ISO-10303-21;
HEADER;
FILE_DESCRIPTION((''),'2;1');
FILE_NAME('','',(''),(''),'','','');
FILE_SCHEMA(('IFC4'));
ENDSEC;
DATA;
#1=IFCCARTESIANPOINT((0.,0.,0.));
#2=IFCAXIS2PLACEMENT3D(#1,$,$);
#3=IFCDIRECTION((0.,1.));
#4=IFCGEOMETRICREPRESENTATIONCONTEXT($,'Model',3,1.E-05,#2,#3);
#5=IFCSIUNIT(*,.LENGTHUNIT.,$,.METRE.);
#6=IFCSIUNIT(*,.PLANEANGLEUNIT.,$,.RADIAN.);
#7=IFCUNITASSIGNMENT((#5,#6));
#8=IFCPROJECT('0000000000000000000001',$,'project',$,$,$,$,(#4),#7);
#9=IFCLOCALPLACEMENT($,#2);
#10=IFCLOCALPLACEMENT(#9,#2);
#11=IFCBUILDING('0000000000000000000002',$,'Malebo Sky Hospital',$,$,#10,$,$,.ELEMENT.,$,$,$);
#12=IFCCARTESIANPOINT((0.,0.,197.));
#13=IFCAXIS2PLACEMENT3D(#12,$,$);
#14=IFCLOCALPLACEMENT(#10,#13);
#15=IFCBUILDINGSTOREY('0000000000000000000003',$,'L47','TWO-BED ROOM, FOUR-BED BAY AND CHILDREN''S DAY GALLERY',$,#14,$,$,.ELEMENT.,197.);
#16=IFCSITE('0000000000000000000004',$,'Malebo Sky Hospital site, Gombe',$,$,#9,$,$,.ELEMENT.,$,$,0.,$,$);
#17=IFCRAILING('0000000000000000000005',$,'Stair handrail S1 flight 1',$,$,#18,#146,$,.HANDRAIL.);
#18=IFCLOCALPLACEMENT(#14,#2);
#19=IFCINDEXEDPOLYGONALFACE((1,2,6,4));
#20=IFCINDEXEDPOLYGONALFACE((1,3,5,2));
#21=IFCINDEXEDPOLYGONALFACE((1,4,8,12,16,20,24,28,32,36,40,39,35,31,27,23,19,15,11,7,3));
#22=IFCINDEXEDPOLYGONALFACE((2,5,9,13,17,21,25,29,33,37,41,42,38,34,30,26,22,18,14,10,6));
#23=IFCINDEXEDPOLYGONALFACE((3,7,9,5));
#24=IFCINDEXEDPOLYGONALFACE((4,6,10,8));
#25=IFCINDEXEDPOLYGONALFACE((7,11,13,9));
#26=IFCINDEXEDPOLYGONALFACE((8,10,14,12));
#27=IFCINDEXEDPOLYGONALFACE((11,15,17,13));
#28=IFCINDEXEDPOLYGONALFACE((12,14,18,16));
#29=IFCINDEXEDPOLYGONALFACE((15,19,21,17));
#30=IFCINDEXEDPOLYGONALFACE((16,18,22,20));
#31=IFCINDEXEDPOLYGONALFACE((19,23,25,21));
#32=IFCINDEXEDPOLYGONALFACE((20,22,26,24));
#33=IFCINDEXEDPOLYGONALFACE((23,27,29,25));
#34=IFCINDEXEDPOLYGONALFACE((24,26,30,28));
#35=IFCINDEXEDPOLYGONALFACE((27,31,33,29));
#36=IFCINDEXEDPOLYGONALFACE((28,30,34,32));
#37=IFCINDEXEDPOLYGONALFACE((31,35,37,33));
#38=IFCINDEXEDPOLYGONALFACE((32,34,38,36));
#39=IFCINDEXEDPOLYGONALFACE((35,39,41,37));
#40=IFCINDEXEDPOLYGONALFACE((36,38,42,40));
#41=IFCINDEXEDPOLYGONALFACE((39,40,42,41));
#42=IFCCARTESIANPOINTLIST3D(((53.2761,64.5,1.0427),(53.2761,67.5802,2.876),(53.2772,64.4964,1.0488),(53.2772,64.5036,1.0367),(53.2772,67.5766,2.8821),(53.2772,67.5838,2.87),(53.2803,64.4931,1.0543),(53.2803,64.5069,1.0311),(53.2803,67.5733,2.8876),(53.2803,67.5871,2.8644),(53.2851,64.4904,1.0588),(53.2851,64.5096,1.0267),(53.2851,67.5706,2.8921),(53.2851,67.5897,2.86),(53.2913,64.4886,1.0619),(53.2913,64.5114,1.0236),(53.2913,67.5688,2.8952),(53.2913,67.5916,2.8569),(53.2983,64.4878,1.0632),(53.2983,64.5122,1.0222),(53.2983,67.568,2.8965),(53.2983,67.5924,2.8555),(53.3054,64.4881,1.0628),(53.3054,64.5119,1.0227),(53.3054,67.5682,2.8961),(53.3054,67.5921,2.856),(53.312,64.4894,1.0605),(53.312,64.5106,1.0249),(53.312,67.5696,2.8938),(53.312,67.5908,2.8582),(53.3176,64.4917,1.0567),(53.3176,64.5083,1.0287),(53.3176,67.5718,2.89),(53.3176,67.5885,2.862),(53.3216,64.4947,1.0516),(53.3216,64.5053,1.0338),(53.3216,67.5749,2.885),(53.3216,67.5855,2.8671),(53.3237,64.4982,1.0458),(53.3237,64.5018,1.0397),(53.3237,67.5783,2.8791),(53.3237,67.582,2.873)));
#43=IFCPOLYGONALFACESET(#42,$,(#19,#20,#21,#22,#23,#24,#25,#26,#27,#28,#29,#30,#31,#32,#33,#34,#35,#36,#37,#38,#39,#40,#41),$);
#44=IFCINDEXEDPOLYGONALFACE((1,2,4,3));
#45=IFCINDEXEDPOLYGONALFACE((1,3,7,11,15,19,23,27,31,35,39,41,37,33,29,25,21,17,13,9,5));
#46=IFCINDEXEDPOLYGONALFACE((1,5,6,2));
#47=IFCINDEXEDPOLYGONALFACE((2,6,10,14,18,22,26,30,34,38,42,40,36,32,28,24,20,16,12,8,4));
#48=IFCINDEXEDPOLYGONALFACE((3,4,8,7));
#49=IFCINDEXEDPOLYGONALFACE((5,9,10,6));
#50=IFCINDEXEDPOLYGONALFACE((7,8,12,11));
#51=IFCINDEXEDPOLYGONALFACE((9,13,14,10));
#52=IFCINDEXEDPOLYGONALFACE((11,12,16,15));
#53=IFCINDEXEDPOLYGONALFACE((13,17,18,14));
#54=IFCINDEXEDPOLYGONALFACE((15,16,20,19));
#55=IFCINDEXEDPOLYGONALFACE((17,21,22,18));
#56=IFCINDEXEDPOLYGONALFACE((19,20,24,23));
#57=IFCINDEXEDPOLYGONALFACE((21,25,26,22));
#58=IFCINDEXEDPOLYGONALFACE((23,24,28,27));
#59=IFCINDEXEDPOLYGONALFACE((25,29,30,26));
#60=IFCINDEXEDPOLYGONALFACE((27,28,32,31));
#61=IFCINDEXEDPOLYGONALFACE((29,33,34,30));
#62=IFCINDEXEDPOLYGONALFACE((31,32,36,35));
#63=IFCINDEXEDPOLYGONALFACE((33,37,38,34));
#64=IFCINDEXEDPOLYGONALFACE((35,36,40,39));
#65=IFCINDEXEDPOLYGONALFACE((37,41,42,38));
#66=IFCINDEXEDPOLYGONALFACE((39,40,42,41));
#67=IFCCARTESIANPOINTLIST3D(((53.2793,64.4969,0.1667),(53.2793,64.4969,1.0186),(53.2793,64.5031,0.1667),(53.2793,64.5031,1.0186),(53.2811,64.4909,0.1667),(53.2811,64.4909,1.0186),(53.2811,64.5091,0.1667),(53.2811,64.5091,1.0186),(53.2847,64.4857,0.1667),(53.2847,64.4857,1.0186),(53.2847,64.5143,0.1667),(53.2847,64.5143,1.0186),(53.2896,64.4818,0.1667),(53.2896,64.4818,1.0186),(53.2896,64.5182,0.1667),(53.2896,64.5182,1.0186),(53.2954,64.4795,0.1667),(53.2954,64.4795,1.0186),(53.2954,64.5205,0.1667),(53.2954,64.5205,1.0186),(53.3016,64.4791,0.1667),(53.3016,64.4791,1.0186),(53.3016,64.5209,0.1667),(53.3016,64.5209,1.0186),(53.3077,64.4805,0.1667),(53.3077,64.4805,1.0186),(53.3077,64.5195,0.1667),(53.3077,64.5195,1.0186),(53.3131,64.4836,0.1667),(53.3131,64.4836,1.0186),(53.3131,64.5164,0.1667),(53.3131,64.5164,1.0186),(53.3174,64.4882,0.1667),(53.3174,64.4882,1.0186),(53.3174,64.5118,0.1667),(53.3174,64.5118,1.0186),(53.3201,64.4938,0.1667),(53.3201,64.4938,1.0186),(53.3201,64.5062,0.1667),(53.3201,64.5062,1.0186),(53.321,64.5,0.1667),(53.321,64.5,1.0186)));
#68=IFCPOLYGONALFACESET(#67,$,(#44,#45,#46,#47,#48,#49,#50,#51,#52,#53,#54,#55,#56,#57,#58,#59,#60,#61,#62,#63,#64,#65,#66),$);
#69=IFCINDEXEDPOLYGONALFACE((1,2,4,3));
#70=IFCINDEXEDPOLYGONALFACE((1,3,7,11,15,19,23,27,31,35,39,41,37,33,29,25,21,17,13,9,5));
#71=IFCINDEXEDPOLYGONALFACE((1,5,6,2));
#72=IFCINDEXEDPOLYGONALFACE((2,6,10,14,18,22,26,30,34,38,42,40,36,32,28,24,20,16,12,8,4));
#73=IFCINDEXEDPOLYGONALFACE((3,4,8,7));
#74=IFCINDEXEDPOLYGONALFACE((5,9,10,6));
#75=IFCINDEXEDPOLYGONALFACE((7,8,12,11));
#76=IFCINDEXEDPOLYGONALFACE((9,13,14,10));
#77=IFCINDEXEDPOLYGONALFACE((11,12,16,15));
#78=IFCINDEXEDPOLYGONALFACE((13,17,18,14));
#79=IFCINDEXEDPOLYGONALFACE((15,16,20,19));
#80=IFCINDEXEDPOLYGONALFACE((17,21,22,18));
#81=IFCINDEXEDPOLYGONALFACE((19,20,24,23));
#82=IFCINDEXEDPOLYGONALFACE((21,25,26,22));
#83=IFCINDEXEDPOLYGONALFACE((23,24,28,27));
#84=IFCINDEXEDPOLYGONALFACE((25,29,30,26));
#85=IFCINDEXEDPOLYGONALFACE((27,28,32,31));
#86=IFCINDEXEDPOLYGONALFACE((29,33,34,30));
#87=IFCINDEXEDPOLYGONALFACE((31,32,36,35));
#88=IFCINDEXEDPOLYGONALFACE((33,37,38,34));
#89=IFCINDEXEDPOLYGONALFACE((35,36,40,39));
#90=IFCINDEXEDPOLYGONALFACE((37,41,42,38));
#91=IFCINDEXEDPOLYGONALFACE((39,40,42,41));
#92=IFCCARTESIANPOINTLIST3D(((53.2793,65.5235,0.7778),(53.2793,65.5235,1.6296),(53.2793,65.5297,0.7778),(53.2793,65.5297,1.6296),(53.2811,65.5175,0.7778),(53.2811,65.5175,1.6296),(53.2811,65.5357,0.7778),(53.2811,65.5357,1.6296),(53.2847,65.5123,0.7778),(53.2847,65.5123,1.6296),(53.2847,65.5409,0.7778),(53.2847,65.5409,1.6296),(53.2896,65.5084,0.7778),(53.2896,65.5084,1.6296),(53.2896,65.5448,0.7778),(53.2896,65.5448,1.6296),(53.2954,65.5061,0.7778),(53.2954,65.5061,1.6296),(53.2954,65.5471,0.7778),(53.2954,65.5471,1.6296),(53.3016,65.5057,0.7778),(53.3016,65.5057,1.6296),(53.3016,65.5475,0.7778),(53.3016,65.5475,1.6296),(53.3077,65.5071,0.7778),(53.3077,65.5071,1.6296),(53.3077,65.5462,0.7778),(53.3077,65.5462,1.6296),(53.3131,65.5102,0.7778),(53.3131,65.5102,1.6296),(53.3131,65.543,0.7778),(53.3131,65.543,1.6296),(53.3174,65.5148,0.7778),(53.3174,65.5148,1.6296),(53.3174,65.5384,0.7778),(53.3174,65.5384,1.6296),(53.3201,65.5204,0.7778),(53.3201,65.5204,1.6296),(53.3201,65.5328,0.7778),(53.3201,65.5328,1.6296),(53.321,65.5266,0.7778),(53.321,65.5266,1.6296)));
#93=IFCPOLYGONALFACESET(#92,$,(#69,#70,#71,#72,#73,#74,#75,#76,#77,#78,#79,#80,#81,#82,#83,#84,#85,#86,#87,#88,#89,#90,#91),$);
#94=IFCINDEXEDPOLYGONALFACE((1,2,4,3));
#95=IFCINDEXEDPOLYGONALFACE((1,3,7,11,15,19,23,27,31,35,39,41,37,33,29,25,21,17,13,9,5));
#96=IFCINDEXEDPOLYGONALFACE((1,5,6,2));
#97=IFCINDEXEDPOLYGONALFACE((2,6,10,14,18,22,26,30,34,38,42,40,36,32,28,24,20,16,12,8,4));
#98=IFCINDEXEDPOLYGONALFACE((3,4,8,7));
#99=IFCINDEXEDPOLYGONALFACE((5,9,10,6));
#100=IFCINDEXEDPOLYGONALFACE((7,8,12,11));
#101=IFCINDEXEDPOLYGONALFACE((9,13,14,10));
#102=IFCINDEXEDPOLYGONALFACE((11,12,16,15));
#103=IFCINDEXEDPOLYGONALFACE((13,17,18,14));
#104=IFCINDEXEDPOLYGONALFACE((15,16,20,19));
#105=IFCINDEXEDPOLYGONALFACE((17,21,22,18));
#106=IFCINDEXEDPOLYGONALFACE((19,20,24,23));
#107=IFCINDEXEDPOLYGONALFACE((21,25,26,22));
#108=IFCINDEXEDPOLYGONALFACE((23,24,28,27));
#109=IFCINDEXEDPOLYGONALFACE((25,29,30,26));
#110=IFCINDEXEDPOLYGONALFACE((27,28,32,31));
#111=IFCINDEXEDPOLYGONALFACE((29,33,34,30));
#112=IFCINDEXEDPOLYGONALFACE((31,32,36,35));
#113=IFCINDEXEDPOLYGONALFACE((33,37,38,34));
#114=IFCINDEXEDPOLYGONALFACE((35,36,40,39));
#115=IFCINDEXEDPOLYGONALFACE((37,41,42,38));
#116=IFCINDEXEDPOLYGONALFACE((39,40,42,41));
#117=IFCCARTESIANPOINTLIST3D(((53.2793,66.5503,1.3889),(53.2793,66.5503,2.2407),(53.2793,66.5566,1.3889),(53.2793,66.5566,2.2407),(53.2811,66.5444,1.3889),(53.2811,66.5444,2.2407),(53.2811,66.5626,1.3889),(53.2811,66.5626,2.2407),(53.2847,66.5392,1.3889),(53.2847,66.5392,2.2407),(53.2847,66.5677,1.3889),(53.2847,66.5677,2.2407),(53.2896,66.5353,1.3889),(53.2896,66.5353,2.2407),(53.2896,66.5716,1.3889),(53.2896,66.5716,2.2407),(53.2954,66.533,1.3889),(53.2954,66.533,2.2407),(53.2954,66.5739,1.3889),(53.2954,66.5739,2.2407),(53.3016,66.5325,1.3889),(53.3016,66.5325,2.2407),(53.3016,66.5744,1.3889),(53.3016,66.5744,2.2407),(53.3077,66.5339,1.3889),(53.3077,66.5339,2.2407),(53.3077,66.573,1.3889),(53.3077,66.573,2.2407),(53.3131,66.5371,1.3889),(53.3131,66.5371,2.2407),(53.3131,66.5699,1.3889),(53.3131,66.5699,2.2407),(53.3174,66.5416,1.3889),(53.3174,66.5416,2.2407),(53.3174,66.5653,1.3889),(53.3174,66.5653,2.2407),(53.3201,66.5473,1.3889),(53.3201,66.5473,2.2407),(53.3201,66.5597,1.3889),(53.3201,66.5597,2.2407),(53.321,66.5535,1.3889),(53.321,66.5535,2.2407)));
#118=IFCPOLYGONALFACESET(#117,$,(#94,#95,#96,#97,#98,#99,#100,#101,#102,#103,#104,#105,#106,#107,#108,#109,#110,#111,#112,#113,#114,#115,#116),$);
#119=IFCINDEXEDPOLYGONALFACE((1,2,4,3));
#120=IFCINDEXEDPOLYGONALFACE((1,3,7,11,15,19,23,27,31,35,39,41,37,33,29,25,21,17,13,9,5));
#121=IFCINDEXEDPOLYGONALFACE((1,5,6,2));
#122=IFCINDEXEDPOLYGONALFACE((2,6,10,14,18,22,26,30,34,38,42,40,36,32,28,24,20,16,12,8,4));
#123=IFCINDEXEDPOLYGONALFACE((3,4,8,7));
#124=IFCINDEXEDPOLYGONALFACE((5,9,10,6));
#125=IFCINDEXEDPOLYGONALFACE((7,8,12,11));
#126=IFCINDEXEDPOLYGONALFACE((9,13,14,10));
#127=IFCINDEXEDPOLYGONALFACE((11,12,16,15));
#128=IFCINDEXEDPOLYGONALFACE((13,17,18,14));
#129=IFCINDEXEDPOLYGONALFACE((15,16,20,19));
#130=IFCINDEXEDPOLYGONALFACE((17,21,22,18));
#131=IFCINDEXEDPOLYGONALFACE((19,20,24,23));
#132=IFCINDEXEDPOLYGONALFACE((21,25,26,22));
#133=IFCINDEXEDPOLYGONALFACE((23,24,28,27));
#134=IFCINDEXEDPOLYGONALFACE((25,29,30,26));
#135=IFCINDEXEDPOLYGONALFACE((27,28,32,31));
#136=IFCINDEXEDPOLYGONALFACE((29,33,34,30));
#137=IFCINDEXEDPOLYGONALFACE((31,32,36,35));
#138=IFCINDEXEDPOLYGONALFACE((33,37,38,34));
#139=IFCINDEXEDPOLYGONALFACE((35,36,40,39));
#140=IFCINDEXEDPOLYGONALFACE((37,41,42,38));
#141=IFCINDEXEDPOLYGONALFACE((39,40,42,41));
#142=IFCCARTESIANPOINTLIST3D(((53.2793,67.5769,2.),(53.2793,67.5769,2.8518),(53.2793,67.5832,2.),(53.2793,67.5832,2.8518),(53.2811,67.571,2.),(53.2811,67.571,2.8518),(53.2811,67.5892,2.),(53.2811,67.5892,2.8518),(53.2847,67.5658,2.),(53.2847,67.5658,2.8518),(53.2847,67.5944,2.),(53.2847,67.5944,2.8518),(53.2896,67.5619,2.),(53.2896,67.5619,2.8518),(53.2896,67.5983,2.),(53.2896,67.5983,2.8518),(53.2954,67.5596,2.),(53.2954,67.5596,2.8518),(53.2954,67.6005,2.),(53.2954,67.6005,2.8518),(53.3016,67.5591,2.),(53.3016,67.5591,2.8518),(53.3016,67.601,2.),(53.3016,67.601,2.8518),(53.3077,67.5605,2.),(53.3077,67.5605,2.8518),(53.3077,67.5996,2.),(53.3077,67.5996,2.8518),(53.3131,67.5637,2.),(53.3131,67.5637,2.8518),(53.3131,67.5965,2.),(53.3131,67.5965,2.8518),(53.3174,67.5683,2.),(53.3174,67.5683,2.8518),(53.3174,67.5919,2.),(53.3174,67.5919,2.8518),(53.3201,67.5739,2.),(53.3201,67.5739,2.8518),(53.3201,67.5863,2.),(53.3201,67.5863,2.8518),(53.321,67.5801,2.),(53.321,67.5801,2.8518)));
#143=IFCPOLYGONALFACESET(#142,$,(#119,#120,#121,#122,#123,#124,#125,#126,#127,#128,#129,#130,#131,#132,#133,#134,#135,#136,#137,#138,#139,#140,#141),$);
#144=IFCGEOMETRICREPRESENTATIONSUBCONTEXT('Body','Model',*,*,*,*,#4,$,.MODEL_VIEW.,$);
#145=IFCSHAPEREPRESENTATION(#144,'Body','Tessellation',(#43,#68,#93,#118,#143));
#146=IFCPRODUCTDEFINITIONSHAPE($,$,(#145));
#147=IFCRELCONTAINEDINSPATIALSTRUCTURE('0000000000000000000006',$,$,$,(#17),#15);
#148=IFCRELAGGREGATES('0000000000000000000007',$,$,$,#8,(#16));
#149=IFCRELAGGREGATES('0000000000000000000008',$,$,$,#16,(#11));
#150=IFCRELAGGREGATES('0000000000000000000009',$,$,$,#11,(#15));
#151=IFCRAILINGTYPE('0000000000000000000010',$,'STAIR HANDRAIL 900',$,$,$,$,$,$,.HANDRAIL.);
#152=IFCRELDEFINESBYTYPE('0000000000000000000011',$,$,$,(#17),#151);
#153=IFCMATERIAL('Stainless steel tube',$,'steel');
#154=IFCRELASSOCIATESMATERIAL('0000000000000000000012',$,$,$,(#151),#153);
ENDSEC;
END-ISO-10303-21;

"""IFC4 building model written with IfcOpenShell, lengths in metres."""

from ifc_helpers import new_model, si_unit, direction, frame, origin, origin_2d, place, context, subcontext, project, spatial, circle, extrude, material, type_object, element, save


model = new_model("IFC4")

# Units and contexts
model_context = context("Model", 3, precision=1e-05, world=origin(), true_north=direction((0.0, 1.0)))
body_context = subcontext(model_context, "Body", "Model", "MODEL_VIEW")
ifc_project = project(units=[si_unit("LENGTHUNIT", "METRE"), si_unit("PLANEANGLEUNIT", "RADIAN")], contexts=[model_context])

# Site, building, storey
site_placement = place(None, origin())
site = spatial("IfcSite", under=ifc_project, at=site_placement, Name="Malebo Sky Hospital site, Gombe", CompositionType="ELEMENT", RefElevation=0.0)
building_placement = place(site_placement, origin())
building = spatial("IfcBuilding", under=site, at=building_placement, Name="Malebo Sky Hospital", CompositionType="ELEMENT")
storey_placement = place(building_placement, frame((0.0, 0.0, 197.0)))
storey = spatial("IfcBuildingStorey", under=building, at=storey_placement, Name="L47", Description="TWO-BED ROOM, FOUR-BED BAY AND CHILDREN'S DAY GALLERY", CompositionType="ELEMENT", Elevation=197.0)

# Railing
ifc_material_1 = material(Name="Stainless steel tube", Category="steel")
railing_type = type_object("IfcRailingType", Name="STAIR HANDRAIL 900", PredefinedType="HANDRAIL", material=ifc_material_1)
railing_1_placement = place(storey_placement, frame((53.3, 64.5, 0.1667)))
element("IfcRailing", 1, at=railing_1_placement, inside=storey, type_object=railing_type, Name="Stair handrail S1 flight 1", PredefinedType="HANDRAIL", context=body_context, shape_type="SweptSolid", body=[
    extrude(circle(Radius=0.0239, at=origin_2d()), frame((0.0, 0.0, 0.876), z_axis=(0.0, 0.859309, 0.511458), x_axis=(-1.0, 0.0, 0.0)), (0.0, 0.0, 1.0), 3.5845),
    extrude(circle(Radius=0.021, at=origin_2d()), origin(), (0.0, 0.0, 1.0), 0.8518),
    extrude(circle(Radius=0.021, at=origin_2d()), frame((0.0, 1.0266, 0.6111)), (0.0, 0.0, 1.0), 0.8518),
    extrude(circle(Radius=0.021, at=origin_2d()), frame((0.0, 2.0535, 1.2222)), (0.0, 0.0, 1.0), 0.8518),
    extrude(circle(Radius=0.021, at=origin_2d()), frame((0.0, 3.0801, 1.8333)), (0.0, 0.0, 1.0), 0.8518),
])

save(model, "model.ifc")
